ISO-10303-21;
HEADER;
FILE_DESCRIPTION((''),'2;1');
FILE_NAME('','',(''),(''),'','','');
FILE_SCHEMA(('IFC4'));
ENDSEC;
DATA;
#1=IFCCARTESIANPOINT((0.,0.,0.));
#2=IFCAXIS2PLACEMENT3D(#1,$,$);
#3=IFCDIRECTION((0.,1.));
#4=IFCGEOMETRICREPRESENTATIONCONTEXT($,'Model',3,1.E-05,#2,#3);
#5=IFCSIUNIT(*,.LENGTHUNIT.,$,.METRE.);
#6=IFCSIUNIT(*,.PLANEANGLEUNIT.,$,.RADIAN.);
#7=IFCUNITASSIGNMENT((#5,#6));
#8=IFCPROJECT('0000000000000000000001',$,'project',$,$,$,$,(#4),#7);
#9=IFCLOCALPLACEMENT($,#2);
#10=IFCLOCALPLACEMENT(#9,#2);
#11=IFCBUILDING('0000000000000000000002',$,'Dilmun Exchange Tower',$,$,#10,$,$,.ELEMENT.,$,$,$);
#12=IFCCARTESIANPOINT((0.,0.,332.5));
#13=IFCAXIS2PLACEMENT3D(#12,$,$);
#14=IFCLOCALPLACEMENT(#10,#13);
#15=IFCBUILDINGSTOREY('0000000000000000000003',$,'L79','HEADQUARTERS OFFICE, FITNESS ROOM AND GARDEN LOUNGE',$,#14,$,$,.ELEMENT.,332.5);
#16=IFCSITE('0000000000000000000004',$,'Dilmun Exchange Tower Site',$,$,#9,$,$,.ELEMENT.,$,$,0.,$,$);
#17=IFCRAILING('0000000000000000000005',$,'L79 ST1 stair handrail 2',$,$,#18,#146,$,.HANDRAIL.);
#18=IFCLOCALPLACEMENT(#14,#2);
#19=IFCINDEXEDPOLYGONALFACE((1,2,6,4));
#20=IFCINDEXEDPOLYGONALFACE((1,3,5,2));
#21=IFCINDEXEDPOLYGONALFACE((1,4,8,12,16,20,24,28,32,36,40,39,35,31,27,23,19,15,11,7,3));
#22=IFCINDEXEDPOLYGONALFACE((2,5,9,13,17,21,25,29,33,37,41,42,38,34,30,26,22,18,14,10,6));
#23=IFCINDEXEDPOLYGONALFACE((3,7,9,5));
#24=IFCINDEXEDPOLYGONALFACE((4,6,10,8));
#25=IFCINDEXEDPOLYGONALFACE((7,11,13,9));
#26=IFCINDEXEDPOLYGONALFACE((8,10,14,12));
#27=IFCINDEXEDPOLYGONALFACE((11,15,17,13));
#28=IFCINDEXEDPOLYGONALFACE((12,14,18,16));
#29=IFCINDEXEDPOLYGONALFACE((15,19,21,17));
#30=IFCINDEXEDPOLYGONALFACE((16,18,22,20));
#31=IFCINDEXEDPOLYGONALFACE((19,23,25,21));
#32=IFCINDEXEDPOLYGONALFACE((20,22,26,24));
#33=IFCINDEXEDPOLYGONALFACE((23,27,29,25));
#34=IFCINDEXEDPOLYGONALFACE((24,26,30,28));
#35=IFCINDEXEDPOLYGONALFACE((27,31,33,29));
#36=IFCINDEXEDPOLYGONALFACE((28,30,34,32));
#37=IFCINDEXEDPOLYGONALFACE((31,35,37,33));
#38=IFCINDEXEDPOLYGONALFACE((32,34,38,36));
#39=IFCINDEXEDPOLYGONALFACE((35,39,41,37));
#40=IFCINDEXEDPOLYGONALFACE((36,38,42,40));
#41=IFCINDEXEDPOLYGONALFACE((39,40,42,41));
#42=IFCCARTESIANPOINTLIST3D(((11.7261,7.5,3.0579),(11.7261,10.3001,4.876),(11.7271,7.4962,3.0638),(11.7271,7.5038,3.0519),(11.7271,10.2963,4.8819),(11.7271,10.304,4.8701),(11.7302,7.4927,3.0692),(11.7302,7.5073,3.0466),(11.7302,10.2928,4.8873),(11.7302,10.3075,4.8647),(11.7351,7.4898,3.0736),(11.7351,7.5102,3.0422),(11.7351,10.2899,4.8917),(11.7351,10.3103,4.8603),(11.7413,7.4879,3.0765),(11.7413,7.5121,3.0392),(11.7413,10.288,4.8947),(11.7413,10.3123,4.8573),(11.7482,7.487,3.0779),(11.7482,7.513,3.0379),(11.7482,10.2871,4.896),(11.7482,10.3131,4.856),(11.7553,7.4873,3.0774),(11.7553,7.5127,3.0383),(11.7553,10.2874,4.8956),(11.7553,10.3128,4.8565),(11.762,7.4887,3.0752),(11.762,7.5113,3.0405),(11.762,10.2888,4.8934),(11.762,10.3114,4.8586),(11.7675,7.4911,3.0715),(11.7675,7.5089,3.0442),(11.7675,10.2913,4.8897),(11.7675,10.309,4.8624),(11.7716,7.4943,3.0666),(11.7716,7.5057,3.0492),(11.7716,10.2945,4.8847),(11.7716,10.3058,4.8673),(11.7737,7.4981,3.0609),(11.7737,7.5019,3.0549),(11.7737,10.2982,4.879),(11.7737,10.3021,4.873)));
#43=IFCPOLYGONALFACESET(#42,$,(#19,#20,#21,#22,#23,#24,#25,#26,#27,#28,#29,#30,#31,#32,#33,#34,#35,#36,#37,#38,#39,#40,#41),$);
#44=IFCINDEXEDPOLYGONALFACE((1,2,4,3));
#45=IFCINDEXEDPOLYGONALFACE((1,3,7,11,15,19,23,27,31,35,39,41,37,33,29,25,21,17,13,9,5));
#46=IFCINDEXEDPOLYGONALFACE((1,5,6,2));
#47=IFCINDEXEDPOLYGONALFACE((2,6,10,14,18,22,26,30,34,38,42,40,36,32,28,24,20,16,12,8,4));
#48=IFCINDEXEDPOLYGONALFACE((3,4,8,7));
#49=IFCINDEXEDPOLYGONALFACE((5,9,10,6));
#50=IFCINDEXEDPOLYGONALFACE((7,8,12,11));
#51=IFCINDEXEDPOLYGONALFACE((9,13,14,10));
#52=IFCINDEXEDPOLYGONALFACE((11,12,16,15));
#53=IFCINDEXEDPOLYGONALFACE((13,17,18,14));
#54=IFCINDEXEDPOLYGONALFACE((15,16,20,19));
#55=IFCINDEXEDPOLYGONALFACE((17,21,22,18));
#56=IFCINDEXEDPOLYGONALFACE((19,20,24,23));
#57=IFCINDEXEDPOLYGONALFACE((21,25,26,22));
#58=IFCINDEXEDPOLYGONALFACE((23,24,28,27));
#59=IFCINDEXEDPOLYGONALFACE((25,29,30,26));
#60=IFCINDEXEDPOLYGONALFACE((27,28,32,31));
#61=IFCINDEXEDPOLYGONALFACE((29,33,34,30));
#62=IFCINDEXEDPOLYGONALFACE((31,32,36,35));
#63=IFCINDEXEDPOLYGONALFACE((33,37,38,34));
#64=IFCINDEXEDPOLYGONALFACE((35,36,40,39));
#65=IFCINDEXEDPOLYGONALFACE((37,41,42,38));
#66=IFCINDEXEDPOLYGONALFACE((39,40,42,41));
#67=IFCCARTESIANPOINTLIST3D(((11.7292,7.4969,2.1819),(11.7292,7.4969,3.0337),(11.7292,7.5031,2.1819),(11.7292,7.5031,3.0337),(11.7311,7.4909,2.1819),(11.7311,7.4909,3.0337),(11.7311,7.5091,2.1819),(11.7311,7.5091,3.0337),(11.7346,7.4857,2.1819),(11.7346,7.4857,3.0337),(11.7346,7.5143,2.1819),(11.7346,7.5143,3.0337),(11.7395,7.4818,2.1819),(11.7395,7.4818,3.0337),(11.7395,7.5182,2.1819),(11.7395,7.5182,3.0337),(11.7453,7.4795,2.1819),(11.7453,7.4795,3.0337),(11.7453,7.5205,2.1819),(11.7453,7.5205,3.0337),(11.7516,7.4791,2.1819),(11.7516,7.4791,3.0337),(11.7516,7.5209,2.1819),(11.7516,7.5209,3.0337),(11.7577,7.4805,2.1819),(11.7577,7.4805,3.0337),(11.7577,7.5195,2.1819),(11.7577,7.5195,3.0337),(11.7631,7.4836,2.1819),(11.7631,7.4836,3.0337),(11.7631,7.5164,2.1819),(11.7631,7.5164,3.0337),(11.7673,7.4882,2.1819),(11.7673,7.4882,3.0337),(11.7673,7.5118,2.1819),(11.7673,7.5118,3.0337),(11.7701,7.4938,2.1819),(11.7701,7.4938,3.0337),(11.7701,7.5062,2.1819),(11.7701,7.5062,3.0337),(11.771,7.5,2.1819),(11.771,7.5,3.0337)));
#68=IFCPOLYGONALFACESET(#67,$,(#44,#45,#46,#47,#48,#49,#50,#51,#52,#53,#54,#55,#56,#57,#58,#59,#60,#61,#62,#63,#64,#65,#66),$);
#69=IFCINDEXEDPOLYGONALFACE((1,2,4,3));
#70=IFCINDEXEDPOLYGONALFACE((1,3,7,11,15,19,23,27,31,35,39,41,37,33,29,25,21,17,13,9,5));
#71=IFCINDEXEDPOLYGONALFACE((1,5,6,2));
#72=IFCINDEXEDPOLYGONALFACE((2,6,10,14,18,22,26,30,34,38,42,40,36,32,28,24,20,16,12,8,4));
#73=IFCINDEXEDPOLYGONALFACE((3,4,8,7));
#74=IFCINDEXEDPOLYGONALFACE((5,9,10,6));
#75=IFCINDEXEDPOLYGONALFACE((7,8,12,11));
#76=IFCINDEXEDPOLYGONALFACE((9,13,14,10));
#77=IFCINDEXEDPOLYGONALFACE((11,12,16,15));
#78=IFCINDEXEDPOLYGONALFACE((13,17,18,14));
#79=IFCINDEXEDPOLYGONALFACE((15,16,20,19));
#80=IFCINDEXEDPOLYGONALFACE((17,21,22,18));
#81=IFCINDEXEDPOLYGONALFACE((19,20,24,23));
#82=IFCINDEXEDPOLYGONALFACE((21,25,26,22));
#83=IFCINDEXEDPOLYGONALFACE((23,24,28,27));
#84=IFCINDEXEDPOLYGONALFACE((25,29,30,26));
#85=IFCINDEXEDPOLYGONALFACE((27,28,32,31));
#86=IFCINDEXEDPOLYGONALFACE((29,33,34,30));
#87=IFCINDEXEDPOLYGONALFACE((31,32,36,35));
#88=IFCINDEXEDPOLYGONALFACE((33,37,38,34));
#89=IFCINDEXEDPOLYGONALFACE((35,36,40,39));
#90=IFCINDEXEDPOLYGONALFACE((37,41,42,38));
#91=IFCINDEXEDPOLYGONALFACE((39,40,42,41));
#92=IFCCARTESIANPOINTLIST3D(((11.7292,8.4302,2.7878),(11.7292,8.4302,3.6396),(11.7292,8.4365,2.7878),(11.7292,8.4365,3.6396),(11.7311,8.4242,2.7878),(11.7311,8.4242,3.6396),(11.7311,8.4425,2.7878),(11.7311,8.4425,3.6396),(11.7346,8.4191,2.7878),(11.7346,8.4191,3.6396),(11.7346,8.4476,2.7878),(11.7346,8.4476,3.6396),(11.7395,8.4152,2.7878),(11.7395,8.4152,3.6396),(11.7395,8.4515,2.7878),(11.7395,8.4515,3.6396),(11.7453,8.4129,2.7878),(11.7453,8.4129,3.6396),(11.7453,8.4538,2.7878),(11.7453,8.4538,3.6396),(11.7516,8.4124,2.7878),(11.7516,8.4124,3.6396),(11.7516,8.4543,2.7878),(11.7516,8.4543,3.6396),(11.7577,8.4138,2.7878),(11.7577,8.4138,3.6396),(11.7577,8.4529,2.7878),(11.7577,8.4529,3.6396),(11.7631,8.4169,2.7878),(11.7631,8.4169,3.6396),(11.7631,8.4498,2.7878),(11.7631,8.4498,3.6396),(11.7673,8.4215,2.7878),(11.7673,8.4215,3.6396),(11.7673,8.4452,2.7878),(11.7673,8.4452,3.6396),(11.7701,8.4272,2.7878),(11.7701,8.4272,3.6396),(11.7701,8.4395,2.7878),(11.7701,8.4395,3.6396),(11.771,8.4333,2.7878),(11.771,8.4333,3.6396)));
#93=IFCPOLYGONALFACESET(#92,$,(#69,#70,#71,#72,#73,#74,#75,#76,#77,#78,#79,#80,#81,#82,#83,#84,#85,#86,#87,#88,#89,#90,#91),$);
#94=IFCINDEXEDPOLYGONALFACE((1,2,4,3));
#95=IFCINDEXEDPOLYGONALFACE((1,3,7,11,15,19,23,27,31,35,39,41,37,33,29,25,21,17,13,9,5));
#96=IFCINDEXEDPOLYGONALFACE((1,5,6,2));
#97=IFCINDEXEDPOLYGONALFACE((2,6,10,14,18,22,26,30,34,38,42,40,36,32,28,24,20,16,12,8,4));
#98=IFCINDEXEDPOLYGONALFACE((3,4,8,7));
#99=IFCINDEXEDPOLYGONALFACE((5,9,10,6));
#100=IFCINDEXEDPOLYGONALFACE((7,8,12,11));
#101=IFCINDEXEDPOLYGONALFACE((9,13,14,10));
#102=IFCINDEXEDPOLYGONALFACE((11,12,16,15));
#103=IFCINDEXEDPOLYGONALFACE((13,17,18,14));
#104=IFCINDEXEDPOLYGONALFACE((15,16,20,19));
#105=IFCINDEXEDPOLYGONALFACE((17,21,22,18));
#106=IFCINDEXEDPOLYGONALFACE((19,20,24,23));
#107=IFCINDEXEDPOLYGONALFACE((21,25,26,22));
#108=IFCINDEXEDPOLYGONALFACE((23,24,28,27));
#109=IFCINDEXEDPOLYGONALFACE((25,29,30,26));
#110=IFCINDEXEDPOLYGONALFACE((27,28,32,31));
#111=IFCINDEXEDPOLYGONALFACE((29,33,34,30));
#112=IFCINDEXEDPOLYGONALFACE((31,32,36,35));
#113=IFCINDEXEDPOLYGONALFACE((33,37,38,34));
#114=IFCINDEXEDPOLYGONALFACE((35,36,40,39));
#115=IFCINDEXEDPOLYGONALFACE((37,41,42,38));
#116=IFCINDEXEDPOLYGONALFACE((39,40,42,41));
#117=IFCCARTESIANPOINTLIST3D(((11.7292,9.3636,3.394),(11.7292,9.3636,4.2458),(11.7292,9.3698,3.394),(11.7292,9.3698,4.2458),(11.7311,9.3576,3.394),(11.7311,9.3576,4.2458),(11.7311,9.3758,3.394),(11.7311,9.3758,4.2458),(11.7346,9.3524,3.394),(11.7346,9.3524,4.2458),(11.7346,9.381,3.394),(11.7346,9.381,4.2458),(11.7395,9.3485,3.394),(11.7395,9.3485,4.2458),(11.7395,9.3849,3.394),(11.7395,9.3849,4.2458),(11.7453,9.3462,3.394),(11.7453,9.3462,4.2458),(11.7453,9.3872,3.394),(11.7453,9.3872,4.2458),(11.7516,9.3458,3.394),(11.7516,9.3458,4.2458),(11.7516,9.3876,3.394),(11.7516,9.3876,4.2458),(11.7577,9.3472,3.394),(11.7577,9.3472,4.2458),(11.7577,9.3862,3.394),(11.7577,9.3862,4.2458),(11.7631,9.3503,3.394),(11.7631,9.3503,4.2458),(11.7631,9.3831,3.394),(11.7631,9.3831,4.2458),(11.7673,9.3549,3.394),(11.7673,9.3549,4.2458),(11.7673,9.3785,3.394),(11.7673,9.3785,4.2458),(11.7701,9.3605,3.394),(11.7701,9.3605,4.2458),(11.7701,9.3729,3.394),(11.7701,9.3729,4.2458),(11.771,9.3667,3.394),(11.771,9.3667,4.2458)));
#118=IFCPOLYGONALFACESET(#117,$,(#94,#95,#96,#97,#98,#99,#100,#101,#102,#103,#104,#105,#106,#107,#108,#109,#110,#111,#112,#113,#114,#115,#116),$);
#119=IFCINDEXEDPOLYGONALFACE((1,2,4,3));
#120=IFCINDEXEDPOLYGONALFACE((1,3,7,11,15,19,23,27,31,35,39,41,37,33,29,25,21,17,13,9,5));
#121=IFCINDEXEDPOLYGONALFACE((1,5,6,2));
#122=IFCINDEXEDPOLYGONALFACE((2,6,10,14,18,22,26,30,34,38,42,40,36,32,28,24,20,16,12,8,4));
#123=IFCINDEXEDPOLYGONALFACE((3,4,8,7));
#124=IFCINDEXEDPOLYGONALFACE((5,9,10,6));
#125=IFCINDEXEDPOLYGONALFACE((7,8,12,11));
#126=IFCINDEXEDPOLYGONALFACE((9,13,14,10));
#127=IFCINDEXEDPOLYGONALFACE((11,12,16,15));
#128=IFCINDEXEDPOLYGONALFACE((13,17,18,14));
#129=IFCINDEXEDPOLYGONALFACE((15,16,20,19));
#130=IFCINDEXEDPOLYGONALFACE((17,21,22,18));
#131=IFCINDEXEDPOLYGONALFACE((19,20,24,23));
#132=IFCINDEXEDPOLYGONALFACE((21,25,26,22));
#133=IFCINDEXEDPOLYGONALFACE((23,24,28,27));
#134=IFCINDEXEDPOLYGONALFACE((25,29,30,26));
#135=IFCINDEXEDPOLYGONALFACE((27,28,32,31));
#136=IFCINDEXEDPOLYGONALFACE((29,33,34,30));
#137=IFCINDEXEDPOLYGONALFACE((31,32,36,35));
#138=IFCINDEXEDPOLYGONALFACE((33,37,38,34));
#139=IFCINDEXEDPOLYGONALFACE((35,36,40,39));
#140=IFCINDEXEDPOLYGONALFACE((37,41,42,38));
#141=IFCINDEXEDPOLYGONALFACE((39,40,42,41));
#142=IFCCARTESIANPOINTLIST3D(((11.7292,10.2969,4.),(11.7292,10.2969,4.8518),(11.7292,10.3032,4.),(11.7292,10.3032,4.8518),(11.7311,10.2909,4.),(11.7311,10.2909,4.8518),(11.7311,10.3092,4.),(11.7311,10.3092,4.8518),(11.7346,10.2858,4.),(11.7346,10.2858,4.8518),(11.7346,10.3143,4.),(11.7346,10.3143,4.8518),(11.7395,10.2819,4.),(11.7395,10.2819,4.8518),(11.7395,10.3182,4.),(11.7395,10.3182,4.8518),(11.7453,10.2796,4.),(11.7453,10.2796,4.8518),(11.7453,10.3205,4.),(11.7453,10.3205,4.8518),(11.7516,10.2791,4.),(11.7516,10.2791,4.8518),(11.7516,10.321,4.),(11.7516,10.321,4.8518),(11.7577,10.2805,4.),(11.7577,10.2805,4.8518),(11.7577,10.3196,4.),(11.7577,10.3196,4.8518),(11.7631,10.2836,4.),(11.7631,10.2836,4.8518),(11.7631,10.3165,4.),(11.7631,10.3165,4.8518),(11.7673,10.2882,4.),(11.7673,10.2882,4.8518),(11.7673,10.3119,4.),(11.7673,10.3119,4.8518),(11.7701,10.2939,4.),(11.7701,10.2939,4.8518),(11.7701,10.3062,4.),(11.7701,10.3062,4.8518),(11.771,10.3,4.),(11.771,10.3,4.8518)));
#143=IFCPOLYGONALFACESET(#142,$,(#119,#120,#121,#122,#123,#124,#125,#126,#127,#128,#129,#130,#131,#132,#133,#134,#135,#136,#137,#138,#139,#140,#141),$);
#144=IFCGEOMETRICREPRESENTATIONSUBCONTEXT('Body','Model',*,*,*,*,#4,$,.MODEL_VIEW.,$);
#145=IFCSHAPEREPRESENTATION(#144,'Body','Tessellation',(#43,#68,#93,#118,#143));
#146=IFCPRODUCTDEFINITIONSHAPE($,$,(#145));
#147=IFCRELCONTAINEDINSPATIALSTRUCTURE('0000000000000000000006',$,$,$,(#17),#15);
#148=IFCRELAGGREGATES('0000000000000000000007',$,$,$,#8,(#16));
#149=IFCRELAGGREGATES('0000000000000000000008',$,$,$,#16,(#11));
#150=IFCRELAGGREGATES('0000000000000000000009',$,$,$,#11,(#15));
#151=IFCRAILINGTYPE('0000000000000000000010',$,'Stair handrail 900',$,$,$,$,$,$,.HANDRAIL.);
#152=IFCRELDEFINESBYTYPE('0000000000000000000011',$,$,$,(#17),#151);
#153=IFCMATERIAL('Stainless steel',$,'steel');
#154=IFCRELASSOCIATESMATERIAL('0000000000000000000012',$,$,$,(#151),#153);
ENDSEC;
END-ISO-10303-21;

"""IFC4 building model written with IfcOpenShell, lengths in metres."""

from ifc_helpers import new_model, si_unit, direction, frame, origin, origin_2d, place, context, subcontext, project, spatial, circle, extrude, material, type_object, element, save


model = new_model("IFC4")

# Units and contexts
model_context = context("Model", 3, precision=1e-05, world=origin(), true_north=direction((0.0, 1.0)))
body_context = subcontext(model_context, "Body", "Model", "MODEL_VIEW")
ifc_project = project(units=[si_unit("LENGTHUNIT", "METRE"), si_unit("PLANEANGLEUNIT", "RADIAN")], contexts=[model_context])

# Site, building, storey
site_placement = place(None, origin())
site = spatial("IfcSite", under=ifc_project, at=site_placement, Name="Dilmun Exchange Tower Site", CompositionType="ELEMENT", RefElevation=0.0)
building_placement = place(site_placement, origin())
building = spatial("IfcBuilding", under=site, at=building_placement, Name="Dilmun Exchange Tower", CompositionType="ELEMENT")
storey_placement = place(building_placement, frame((0.0, 0.0, 332.5)))
storey = spatial("IfcBuildingStorey", under=building, at=storey_placement, Name="L79", Description="HEADQUARTERS OFFICE, FITNESS ROOM AND GARDEN LOUNGE", CompositionType="ELEMENT", Elevation=332.5)

# Railing
ifc_material_1 = material(Name="Stainless steel", Category="steel")
railing_type = type_object("IfcRailingType", Name="Stair handrail 900", PredefinedType="HANDRAIL", material=ifc_material_1)
railing_1_placement = place(storey_placement, frame((11.75, 7.5, 2.1819)))
element("IfcRailing", 1, at=railing_1_placement, inside=storey, type_object=railing_type, Name="L79 ST1 stair handrail 2", PredefinedType="HANDRAIL", context=body_context, shape_type="SweptSolid", body=[
    extrude(circle(Radius=0.0239, at=origin_2d()), frame((0.0, 0.0, 0.876), z_axis=(0.0, 0.838706, 0.544585), x_axis=(-1.0, 0.0, 0.0)), (0.0, 0.0, 1.0), 3.3386),
    extrude(circle(Radius=0.021, at=origin_2d()), origin(), (0.0, 0.0, 1.0), 0.8518),
    extrude(circle(Radius=0.021, at=origin_2d()), frame((0.0, 0.9333, 0.606)), (0.0, 0.0, 1.0), 0.8518),
    extrude(circle(Radius=0.021, at=origin_2d()), frame((0.0, 1.8667, 1.2122)), (0.0, 0.0, 1.0), 0.8518),
    extrude(circle(Radius=0.021, at=origin_2d()), frame((0.0, 2.8, 1.8181)), (0.0, 0.0, 1.0), 0.8518),
])

save(model, "model.ifc")
